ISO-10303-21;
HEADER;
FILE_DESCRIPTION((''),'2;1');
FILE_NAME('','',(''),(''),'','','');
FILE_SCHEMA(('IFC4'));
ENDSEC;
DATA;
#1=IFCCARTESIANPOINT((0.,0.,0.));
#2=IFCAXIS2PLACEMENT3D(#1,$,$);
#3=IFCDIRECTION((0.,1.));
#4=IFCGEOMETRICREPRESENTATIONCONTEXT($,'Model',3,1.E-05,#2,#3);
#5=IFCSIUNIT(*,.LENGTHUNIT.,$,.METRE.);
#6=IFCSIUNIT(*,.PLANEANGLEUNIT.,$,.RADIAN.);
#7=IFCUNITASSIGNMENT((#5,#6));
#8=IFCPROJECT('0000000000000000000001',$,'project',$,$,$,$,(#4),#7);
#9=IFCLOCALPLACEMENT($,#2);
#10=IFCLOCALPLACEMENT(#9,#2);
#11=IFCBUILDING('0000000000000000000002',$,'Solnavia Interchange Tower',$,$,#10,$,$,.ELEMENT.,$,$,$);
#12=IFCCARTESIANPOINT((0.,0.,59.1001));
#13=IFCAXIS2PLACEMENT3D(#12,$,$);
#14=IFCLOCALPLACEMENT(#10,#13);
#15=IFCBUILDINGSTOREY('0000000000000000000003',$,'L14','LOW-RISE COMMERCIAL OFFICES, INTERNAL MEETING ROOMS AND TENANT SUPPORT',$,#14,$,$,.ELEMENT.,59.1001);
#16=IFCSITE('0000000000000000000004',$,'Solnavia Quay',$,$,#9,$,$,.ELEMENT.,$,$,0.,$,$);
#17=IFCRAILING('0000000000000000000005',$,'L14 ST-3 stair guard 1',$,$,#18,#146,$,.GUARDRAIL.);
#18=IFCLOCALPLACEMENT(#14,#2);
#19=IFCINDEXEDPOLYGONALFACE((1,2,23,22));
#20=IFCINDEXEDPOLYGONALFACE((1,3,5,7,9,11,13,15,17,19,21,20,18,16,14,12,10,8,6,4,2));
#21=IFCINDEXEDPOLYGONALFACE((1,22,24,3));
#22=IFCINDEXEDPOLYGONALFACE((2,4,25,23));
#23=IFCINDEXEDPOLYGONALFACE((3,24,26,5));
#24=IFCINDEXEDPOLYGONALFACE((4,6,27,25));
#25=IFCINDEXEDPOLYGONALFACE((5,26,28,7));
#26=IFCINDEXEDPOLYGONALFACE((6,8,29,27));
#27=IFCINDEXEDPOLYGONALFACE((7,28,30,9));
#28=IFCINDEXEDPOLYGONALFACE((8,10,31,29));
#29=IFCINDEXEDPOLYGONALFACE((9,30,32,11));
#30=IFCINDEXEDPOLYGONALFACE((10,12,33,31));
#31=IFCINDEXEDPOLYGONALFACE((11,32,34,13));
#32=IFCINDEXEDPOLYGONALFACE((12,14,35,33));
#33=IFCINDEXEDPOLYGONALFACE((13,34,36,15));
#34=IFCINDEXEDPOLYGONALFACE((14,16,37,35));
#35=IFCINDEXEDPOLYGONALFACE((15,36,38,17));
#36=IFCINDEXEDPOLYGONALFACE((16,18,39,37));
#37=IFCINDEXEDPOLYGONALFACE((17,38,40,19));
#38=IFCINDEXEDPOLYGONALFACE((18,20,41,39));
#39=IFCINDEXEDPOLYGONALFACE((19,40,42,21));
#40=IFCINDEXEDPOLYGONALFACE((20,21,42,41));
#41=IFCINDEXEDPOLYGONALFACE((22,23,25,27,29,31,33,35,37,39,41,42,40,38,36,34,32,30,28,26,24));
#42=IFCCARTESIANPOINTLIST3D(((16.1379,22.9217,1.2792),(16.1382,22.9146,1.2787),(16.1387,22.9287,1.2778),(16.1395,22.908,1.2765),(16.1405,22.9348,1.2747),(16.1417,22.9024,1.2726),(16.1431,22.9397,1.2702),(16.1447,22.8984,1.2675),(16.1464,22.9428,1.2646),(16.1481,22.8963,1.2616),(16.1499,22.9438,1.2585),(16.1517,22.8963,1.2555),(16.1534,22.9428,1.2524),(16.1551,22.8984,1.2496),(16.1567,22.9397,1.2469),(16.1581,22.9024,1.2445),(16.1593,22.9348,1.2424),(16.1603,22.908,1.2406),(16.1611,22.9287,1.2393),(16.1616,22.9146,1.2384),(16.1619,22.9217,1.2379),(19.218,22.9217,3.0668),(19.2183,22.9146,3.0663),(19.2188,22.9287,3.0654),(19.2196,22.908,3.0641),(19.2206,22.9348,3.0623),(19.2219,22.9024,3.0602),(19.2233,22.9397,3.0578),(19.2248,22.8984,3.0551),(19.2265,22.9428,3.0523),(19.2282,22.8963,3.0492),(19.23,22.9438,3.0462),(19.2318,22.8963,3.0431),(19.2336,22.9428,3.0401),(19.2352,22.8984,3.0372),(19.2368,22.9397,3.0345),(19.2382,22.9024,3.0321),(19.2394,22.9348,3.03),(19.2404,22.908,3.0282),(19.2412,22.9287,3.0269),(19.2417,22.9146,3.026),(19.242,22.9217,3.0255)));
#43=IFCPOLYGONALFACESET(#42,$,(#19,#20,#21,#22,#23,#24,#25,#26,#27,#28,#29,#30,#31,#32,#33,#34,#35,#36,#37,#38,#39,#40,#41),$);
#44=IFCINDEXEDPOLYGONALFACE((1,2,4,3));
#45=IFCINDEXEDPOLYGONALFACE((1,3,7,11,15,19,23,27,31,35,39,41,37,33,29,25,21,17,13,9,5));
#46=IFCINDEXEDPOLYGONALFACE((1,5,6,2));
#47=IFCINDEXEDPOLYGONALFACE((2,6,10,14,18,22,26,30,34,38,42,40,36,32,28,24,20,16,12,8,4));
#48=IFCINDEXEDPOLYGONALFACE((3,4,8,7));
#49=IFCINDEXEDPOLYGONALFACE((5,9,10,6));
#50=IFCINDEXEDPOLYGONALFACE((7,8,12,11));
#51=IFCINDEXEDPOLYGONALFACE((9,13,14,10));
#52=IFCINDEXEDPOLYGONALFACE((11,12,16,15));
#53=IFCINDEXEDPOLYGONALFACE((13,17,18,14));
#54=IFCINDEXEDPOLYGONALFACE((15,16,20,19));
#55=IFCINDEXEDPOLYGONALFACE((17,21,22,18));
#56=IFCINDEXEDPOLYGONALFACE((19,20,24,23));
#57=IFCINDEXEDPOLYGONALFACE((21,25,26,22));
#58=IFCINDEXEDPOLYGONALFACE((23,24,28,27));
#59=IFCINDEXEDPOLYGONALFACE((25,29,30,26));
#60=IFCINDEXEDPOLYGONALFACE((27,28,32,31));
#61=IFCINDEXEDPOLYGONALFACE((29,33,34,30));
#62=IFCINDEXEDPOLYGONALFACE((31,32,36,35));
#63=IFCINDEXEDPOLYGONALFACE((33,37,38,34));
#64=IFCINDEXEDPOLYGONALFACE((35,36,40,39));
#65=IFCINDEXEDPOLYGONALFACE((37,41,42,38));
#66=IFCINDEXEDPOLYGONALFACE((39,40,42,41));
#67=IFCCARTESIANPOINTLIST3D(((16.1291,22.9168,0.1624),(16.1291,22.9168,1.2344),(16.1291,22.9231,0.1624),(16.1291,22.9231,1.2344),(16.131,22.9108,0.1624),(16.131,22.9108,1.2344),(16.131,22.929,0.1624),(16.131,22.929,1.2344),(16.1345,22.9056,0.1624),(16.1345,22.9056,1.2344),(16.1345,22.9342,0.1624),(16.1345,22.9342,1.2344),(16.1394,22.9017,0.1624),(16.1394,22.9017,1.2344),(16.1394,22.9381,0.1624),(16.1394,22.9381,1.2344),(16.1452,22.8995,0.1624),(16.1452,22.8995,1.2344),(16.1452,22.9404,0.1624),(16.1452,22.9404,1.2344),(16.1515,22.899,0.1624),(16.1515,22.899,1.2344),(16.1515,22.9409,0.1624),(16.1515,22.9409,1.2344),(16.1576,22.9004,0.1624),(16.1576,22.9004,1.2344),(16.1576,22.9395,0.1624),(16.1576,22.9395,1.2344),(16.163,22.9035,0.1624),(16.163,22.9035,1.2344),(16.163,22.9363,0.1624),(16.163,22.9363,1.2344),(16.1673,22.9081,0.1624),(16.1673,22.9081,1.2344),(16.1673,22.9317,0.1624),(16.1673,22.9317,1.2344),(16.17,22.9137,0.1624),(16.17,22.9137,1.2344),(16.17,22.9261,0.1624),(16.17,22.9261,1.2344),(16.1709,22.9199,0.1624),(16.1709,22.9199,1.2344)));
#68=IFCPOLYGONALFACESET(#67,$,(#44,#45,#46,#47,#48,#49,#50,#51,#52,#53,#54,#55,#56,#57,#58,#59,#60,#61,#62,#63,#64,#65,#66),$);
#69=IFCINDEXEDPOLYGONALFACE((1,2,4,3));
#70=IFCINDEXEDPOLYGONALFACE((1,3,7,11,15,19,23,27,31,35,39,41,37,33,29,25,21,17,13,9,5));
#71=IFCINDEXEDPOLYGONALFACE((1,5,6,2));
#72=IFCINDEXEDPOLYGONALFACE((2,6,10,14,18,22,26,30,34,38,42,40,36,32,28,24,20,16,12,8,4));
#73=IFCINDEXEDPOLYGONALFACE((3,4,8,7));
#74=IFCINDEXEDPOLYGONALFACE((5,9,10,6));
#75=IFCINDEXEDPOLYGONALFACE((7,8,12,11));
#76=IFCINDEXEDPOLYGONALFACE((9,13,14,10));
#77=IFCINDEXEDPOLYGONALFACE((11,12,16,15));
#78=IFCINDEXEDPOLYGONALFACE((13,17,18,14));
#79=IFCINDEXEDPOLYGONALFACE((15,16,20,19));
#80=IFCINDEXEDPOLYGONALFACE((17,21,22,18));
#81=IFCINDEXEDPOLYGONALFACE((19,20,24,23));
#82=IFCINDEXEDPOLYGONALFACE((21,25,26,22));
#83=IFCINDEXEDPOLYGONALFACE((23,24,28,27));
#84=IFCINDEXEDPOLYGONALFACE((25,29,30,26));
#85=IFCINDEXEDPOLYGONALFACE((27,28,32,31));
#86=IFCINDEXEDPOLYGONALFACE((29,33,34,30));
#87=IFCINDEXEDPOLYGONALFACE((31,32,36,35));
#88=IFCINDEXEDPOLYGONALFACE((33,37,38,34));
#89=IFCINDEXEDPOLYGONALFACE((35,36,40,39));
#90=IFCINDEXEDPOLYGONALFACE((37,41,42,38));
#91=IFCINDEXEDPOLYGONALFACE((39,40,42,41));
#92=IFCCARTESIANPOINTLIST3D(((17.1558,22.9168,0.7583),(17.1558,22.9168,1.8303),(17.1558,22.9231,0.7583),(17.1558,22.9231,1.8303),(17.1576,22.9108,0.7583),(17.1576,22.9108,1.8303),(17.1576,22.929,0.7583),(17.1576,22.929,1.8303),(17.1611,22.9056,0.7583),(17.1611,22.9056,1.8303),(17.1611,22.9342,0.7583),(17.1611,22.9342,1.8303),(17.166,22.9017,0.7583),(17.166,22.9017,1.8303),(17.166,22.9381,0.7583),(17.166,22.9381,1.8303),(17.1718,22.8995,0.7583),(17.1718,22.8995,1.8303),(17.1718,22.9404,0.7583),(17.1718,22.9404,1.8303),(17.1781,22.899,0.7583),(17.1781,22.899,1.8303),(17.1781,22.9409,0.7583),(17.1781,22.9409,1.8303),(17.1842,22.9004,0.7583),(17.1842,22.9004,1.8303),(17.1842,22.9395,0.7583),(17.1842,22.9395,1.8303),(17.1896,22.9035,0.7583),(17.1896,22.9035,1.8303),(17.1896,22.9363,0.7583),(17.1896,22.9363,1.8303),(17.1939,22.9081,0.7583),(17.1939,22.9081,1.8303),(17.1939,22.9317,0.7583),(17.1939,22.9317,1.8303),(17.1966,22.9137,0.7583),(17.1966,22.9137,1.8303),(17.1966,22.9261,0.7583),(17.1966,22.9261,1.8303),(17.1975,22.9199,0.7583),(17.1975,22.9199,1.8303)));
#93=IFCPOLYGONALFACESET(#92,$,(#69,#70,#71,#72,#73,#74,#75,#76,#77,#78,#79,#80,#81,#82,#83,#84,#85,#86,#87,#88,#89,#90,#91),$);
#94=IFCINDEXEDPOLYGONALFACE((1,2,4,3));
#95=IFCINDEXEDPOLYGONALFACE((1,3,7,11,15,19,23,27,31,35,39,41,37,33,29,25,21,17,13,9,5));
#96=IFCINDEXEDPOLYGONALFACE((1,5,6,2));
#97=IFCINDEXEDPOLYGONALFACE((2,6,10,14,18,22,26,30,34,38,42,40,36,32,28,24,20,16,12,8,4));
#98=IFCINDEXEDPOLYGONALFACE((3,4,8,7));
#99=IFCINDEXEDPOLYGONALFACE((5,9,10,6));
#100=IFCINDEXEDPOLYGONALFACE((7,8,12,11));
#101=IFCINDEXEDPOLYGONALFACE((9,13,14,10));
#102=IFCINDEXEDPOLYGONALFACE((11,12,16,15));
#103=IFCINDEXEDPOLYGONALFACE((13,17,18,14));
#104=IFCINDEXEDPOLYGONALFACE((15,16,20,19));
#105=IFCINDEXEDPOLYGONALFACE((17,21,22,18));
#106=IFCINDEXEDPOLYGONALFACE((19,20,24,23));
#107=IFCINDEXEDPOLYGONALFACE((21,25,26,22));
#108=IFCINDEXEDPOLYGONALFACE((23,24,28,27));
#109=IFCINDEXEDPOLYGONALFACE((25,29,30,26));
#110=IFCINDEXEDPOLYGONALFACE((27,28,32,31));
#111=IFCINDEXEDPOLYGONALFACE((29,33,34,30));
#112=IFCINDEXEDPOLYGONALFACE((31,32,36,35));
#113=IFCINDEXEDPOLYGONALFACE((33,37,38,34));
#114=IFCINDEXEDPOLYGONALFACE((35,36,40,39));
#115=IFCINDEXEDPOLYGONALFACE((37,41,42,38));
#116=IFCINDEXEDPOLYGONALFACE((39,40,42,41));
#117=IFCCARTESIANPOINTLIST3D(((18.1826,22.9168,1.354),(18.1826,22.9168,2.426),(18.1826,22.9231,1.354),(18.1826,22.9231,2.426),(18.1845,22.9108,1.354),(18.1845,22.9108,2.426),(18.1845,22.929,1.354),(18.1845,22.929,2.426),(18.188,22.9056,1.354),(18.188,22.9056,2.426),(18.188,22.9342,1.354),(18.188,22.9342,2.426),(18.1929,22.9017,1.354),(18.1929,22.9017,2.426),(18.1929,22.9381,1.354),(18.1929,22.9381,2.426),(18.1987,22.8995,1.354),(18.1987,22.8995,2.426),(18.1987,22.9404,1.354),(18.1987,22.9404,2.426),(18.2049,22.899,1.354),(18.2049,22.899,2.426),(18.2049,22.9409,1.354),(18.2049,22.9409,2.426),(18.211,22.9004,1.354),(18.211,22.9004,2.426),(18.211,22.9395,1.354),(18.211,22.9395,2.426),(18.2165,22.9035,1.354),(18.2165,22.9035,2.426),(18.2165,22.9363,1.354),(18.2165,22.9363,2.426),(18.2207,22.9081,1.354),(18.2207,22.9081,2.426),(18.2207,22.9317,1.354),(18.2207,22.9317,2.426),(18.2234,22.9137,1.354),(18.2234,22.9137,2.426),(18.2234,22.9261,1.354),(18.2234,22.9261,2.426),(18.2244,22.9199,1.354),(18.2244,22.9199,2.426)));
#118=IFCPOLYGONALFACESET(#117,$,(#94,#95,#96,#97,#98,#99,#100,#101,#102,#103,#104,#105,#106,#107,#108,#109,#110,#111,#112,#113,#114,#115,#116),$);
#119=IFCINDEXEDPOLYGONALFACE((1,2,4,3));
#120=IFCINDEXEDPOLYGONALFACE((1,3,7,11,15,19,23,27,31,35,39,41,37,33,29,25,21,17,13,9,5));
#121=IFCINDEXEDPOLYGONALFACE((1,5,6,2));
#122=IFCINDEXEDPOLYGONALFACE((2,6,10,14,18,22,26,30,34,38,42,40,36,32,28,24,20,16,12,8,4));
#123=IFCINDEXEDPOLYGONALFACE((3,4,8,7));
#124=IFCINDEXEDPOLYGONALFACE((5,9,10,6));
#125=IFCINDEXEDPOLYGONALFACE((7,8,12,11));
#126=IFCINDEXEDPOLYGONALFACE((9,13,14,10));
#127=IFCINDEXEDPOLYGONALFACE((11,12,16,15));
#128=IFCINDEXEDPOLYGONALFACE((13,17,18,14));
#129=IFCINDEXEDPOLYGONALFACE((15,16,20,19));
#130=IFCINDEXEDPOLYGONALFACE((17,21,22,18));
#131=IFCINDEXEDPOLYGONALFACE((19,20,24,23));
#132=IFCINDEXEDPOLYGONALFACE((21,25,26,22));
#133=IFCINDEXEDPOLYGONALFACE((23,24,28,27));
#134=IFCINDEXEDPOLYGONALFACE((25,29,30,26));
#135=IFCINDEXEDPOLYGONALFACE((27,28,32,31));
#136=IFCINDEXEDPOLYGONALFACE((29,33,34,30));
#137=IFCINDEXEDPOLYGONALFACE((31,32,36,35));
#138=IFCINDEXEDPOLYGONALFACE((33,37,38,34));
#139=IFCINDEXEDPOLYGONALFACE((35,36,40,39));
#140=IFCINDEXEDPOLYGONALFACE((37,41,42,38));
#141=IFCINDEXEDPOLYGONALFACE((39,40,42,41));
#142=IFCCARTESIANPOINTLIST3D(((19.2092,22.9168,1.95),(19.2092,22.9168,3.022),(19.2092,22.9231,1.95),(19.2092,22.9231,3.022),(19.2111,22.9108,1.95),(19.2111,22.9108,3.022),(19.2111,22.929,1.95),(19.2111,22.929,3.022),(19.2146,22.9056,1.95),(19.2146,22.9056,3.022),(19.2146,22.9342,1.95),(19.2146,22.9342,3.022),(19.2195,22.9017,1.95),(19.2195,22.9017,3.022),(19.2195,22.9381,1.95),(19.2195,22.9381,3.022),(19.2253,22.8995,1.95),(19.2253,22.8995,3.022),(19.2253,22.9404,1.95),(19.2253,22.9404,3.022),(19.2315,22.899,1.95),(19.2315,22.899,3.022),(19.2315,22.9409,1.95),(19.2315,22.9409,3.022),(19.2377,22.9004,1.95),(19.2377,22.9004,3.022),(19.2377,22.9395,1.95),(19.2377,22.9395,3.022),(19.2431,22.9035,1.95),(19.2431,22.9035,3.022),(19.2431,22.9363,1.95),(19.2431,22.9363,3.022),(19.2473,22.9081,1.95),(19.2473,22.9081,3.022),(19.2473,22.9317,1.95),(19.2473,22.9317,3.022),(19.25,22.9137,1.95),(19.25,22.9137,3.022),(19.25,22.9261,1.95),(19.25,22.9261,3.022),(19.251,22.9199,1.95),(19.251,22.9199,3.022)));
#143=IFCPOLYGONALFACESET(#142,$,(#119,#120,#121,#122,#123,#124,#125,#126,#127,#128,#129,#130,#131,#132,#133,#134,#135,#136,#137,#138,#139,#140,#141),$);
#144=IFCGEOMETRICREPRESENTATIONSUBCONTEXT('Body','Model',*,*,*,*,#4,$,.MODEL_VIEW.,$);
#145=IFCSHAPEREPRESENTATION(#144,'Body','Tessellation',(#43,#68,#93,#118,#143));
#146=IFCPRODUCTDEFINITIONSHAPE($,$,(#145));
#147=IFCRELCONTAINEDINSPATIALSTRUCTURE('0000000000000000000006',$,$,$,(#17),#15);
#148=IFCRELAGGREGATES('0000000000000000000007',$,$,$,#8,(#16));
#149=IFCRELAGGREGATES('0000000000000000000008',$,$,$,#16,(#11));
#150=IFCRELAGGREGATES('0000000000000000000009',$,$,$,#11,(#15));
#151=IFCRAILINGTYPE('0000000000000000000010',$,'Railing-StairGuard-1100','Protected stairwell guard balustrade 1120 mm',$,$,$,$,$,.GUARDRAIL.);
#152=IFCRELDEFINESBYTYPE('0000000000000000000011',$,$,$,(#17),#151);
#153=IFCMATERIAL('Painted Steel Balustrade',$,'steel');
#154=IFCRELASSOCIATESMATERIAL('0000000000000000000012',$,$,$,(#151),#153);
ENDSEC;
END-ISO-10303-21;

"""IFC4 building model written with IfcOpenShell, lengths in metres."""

from ifc_helpers import new_model, si_unit, direction, frame, origin, origin_2d, place, context, subcontext, project, spatial, circle, extrude, material, type_object, element, save


model = new_model("IFC4")

# Units and contexts
model_context = context("Model", 3, precision=1e-05, world=origin(), true_north=direction((0.0, 1.0)))
body_context = subcontext(model_context, "Body", "Model", "MODEL_VIEW")
ifc_project = project(units=[si_unit("LENGTHUNIT", "METRE"), si_unit("PLANEANGLEUNIT", "RADIAN")], contexts=[model_context])

# Site, building, storey
site_placement = place(None, origin())
site = spatial("IfcSite", under=ifc_project, at=site_placement, Name="Solnavia Quay", CompositionType="ELEMENT", RefElevation=0.0)
building_placement = place(site_placement, origin())
building = spatial("IfcBuilding", under=site, at=building_placement, Name="Solnavia Interchange Tower", CompositionType="ELEMENT")
storey_placement = place(building_placement, frame((0.0, 0.0, 59.1001)))
storey = spatial("IfcBuildingStorey", under=building, at=storey_placement, Name="L14", Description="LOW-RISE COMMERCIAL OFFICES, INTERNAL MEETING ROOMS AND TENANT SUPPORT", CompositionType="ELEMENT", Elevation=59.1001)

# Railing
ifc_material_1 = material(Name="Painted Steel Balustrade", Category="steel")
railing_type_1 = type_object("IfcRailingType", Name="Railing-StairGuard-1100", Description="Protected stairwell guard balustrade 1120 mm", PredefinedType="GUARDRAIL", material=ifc_material_1)
railing_1_placement = place(storey_placement, frame((16.1499, 22.9199, 0.1624)))
element("IfcRailing", 1, at=railing_1_placement, inside=storey, type_object=railing_type_1, Name="L14 ST-3 stair guard 1", PredefinedType="GUARDRAIL", context=body_context, shape_type="SweptSolid", body=[
    extrude(circle(Radius=0.0239, at=origin_2d()), frame((0.0, 0.0, 1.0962), z_axis=(0.864891, 0.0, 0.50196), x_axis=(0.0, 1.0, 0.0)), (0.0, 0.0, 1.0), 3.5613),
    extrude(circle(Radius=0.021, at=origin_2d()), origin(), (0.0, 0.0, 1.0), 1.072),
    extrude(circle(Radius=0.021, at=origin_2d()), frame((1.0266, 0.0, 0.5959)), (0.0, 0.0, 1.0), 1.072),
    extrude(circle(Radius=0.021, at=origin_2d()), frame((2.0535, 0.0, 1.1917)), (0.0, 0.0, 1.0), 1.072),
    extrude(circle(Radius=0.021, at=origin_2d()), frame((3.0801, 0.0, 1.7876)), (0.0, 0.0, 1.0), 1.072),
])

save(model, "model.ifc")
